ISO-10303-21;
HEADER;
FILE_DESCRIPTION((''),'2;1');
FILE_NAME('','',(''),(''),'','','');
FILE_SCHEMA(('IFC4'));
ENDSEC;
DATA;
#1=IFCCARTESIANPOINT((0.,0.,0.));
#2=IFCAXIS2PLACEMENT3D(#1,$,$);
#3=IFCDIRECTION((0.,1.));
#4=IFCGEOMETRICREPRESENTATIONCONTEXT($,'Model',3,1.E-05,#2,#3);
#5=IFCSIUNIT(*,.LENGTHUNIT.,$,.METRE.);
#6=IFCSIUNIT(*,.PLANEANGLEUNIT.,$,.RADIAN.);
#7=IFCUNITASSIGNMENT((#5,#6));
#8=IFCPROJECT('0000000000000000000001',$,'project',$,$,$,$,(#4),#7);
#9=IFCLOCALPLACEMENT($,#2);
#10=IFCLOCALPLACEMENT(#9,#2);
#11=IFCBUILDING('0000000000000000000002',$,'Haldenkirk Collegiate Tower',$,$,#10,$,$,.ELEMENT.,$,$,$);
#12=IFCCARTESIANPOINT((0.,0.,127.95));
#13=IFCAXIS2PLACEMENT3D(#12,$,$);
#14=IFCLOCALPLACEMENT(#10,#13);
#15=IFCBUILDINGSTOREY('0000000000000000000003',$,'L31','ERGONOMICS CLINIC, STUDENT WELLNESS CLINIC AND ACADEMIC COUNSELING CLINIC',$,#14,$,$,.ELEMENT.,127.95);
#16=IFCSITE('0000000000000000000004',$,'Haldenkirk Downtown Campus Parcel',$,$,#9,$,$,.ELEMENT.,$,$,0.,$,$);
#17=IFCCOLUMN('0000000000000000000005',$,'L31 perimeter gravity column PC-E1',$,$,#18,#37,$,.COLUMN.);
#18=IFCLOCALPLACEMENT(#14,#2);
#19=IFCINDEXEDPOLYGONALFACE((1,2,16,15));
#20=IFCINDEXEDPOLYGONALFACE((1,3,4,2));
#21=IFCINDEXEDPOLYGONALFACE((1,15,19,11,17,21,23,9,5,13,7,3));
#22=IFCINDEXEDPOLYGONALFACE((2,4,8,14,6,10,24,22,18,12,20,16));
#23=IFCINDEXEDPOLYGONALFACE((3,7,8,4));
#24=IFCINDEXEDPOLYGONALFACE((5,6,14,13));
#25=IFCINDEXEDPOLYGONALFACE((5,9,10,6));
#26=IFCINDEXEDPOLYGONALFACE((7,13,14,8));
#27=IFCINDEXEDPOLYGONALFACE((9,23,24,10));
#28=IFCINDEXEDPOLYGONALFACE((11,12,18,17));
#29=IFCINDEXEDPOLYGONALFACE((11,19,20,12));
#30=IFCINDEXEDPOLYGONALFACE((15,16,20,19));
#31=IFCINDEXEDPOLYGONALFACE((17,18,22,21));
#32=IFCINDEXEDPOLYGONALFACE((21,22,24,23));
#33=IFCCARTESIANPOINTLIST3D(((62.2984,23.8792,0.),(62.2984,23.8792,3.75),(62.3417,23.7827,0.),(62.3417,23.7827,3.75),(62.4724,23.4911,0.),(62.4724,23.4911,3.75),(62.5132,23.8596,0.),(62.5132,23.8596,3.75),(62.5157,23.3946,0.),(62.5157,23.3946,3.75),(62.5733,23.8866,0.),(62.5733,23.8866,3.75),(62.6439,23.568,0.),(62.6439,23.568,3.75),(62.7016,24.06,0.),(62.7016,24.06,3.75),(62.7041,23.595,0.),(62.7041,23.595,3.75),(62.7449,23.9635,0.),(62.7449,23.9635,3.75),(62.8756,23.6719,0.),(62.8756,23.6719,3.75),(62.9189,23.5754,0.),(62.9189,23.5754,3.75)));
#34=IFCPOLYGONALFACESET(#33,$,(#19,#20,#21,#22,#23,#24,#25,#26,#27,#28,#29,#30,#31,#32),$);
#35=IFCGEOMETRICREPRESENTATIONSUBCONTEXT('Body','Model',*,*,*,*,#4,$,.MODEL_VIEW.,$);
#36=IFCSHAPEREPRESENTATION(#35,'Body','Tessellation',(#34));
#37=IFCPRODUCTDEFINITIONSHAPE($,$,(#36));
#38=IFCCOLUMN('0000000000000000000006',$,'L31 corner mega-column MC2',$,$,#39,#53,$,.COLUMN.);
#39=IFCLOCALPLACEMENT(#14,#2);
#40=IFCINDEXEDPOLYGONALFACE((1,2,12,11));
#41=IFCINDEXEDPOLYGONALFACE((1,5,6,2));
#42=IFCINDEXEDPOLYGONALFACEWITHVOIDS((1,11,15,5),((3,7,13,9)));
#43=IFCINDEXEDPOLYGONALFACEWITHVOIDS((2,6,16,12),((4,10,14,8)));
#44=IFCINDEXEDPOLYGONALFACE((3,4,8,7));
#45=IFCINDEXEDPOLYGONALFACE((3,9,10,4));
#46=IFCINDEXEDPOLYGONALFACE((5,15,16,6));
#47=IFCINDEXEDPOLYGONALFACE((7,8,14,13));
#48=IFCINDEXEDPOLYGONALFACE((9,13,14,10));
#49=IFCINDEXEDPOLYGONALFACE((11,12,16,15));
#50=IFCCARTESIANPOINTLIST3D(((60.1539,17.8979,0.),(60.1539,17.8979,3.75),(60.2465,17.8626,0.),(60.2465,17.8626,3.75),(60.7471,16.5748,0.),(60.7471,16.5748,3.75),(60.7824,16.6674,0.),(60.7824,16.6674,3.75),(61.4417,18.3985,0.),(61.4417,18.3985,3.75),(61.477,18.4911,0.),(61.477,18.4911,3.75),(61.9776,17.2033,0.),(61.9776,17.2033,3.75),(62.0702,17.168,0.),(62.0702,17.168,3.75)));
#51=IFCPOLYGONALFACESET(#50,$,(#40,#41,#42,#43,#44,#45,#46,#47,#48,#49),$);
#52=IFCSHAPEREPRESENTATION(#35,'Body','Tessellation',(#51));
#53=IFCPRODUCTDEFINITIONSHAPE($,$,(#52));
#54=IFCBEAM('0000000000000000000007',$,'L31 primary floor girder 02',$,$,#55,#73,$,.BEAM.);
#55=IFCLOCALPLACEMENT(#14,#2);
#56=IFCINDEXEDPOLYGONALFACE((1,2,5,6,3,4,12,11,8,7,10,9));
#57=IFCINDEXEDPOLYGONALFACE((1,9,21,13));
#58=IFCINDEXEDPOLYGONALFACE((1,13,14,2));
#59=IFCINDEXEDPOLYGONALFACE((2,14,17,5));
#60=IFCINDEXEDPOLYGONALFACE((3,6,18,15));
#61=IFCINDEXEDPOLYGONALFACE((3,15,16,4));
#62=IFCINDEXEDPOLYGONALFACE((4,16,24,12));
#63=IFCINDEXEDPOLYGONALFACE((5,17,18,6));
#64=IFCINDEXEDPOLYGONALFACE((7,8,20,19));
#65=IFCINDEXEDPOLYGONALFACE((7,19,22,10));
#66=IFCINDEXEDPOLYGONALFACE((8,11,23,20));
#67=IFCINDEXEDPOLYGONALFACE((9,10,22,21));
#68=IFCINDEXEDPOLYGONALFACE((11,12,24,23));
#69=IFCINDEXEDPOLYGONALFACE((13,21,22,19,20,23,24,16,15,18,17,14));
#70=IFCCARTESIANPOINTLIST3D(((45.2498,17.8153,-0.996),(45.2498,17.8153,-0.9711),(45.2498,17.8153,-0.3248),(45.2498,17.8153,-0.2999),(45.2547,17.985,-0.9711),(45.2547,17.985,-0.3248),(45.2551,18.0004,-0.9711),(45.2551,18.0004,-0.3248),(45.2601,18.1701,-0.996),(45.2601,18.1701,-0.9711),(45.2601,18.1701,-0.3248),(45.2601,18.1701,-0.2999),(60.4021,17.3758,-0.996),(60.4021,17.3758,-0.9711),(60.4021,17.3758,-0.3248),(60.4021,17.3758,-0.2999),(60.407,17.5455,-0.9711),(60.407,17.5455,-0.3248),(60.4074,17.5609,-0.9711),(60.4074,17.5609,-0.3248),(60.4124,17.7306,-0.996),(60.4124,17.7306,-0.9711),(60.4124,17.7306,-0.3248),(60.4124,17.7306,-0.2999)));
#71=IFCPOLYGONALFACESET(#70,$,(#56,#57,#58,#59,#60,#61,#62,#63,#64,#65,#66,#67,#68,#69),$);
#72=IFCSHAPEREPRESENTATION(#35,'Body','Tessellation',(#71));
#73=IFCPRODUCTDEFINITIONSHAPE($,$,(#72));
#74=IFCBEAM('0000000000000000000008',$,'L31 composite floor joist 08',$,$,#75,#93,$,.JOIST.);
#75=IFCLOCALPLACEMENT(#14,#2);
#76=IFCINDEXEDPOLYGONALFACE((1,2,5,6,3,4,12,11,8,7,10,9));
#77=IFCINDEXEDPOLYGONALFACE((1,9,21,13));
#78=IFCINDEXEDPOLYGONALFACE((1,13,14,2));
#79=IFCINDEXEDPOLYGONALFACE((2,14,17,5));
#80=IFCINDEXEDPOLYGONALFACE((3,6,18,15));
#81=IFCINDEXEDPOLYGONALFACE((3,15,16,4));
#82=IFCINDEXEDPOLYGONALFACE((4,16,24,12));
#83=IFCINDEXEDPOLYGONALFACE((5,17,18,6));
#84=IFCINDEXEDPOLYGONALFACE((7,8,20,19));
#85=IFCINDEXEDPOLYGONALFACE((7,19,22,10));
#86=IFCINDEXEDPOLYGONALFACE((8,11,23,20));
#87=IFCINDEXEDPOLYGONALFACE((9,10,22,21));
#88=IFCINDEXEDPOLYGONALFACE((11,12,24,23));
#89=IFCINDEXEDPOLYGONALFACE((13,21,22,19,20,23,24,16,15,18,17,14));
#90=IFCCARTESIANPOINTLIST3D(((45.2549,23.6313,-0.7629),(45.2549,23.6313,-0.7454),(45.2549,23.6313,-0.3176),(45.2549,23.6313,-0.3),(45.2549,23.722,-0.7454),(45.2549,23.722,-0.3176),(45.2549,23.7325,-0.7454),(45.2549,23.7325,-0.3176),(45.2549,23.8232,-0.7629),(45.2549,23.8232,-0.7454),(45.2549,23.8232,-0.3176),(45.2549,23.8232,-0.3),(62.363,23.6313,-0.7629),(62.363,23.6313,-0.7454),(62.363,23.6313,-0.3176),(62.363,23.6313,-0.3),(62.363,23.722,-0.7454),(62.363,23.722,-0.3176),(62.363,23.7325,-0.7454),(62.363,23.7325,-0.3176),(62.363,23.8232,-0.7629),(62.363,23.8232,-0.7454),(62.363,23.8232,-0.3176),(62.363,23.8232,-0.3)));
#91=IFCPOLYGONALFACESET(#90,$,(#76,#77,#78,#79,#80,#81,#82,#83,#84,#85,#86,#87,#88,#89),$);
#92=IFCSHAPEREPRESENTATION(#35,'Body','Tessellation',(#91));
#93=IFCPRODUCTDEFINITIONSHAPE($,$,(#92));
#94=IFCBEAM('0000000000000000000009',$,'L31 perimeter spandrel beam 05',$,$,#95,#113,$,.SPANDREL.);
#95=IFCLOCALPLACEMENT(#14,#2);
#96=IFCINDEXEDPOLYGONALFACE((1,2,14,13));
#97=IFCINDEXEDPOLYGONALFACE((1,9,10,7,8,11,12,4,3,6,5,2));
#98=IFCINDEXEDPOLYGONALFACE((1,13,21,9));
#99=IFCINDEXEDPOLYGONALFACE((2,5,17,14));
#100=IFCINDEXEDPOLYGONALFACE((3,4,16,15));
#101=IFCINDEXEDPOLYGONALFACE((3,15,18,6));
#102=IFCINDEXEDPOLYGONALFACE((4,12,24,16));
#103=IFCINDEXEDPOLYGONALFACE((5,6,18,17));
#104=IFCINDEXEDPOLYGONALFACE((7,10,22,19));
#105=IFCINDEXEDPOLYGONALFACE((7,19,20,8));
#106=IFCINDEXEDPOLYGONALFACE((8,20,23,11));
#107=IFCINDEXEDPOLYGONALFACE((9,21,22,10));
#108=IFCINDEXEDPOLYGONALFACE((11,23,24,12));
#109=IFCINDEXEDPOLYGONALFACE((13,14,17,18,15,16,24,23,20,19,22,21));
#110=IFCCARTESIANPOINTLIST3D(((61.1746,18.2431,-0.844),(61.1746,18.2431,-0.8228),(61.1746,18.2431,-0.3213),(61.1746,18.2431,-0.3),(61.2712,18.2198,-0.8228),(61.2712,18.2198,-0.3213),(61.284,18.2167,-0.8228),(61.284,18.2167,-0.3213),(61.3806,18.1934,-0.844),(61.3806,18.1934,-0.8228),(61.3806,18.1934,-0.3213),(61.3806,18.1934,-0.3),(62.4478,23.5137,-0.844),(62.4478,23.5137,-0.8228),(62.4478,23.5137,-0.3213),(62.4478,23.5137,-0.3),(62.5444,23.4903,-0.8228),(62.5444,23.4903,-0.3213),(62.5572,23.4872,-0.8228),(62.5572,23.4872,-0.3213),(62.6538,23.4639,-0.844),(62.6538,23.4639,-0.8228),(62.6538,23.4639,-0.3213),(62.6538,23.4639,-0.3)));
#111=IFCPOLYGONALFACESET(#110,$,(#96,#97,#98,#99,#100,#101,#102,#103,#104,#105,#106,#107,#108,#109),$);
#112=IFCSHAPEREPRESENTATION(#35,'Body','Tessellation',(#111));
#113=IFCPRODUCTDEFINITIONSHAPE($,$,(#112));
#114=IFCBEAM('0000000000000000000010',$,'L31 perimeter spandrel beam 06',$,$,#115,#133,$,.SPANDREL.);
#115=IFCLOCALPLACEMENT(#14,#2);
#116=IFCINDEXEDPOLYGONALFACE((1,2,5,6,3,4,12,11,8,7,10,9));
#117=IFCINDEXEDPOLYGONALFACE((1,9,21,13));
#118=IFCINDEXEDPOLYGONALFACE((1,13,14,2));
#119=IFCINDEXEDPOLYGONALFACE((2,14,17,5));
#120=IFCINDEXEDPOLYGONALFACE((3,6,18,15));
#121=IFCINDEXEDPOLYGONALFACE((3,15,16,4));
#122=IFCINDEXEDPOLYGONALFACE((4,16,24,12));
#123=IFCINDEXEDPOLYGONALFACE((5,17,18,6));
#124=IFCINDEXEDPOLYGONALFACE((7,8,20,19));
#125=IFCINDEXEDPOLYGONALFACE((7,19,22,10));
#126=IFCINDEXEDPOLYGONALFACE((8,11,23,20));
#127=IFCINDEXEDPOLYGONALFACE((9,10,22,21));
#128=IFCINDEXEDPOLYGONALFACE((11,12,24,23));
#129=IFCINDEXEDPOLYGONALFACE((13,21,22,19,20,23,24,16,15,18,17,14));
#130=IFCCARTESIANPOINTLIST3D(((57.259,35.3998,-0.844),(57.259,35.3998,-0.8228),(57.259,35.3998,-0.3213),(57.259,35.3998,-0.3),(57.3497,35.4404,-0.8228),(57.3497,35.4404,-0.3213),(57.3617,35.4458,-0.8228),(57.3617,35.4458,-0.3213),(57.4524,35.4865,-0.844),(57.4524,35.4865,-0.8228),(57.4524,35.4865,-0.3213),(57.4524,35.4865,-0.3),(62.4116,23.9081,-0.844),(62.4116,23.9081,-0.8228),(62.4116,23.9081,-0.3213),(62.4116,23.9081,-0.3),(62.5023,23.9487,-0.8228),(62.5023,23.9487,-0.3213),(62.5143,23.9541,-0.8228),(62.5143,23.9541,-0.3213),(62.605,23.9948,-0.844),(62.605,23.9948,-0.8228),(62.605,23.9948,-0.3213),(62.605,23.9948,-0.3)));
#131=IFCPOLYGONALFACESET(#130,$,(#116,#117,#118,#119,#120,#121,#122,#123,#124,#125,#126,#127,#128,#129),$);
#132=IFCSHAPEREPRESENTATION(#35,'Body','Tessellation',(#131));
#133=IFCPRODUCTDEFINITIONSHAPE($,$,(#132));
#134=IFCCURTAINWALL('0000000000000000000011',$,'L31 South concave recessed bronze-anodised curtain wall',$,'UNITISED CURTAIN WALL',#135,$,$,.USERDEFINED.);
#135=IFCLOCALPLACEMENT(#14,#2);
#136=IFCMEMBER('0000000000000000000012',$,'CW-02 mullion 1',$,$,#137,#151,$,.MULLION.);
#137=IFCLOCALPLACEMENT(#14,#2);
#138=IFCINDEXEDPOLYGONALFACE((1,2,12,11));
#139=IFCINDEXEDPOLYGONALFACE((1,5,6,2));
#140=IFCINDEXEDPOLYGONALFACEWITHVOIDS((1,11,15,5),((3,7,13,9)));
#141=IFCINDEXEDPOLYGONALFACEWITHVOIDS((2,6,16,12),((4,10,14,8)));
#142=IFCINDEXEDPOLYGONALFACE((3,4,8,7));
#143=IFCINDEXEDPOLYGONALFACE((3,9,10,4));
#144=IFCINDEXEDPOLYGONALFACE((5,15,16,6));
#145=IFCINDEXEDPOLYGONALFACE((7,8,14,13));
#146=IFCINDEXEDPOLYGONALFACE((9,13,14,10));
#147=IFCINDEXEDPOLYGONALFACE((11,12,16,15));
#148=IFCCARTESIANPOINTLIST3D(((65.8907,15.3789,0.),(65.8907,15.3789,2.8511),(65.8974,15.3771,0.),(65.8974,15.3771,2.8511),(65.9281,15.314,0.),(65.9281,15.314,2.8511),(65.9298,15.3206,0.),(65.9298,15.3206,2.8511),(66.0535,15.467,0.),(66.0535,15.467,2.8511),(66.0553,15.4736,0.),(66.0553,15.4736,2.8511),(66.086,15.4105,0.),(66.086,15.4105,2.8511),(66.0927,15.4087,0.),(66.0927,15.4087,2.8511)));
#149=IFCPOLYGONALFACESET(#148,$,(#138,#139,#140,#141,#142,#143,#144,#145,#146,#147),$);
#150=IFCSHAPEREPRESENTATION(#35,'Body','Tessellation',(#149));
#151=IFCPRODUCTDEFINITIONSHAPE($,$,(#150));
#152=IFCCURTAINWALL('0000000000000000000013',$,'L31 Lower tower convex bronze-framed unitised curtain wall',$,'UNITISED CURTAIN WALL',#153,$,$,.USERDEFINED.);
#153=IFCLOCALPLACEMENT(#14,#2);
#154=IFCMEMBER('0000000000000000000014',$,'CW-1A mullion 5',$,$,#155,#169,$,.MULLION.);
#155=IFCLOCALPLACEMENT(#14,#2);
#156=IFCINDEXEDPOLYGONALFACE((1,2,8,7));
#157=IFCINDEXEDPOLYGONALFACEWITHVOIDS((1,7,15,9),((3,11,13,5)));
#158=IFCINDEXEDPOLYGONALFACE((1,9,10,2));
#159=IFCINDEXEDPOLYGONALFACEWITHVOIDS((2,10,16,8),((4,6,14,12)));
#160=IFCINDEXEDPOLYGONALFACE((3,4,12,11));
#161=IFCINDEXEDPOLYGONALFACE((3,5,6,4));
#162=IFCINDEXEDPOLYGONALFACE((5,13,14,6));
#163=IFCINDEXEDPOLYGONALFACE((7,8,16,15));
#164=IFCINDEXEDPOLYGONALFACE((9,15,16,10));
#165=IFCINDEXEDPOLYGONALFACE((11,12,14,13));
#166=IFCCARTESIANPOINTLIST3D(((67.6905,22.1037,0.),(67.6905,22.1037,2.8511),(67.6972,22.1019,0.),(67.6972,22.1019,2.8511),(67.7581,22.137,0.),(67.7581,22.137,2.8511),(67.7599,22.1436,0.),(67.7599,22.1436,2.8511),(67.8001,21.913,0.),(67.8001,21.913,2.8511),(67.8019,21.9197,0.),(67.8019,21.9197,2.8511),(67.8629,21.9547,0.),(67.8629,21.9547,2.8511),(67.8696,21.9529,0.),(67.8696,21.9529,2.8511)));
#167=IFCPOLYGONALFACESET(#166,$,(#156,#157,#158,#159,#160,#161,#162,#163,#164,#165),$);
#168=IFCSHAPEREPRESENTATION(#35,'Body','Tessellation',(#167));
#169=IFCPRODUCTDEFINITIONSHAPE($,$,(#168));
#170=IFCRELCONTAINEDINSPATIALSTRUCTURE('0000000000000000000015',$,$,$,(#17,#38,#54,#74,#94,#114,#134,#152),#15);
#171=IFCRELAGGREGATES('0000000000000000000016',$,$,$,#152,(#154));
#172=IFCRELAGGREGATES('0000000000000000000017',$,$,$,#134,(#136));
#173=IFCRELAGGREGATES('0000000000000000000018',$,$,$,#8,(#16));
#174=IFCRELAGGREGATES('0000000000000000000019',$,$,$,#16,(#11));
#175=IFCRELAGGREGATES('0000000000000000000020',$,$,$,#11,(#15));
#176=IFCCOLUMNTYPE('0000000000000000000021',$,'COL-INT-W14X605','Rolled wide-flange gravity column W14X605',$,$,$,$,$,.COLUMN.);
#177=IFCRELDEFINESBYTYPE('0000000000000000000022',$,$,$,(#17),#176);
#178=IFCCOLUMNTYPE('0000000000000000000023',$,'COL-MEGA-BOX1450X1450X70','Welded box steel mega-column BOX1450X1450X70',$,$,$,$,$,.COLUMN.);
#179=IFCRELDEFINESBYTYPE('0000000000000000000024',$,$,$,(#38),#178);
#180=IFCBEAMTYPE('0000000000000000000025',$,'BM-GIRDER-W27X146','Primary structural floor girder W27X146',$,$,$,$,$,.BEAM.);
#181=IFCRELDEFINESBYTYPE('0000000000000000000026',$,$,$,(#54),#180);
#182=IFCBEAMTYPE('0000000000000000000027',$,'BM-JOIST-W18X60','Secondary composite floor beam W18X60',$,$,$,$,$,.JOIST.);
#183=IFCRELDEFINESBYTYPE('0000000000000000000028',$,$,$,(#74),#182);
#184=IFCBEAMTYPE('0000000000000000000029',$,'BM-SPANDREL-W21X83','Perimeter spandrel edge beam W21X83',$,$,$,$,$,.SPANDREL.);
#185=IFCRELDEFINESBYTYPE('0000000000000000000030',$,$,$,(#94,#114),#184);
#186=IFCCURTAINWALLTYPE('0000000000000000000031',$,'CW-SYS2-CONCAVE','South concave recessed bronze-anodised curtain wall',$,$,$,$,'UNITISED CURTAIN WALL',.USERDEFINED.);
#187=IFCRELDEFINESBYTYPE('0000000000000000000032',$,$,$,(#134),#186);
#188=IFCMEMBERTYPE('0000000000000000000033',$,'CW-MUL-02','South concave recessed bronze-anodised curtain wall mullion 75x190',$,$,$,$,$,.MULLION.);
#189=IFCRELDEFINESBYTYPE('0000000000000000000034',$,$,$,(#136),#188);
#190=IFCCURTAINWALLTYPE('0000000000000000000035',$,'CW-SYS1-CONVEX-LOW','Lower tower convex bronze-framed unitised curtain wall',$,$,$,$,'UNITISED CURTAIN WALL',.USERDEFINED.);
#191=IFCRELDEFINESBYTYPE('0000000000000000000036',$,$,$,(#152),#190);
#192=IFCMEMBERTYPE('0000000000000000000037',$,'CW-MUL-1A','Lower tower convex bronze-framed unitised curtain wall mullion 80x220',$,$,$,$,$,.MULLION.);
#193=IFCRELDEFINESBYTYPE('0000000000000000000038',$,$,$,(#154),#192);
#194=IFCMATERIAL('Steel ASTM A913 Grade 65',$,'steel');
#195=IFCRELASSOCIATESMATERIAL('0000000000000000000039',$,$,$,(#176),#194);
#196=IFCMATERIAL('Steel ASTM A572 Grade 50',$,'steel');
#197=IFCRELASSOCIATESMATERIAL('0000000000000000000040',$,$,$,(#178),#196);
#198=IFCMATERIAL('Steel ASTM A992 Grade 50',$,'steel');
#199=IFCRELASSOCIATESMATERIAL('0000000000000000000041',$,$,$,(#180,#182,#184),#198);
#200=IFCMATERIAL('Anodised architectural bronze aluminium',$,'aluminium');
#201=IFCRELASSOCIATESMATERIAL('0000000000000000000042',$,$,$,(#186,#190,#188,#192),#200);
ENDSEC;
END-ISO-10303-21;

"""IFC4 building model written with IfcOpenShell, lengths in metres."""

from ifc_helpers import new_model, si_unit, direction, frame, origin, origin_2d, place, context, subcontext, project, spatial, hollow_rectangle, i_section, extrude, material, material_profile, profile_set, type_object, element, aggregate, save


model = new_model("IFC4")

# Units and contexts
model_context = context("Model", 3, precision=1e-05, world=origin(), true_north=direction((0.0, 1.0)))
body_context = subcontext(model_context, "Body", "Model", "MODEL_VIEW")
ifc_project = project(units=[si_unit("LENGTHUNIT", "METRE"), si_unit("PLANEANGLEUNIT", "RADIAN")], contexts=[model_context])

# Site, building, storey
site_placement = place(None, origin())
site = spatial("IfcSite", under=ifc_project, at=site_placement, Name="Haldenkirk Downtown Campus Parcel", CompositionType="ELEMENT", RefElevation=0.0)
building_placement = place(site_placement, origin())
building = spatial("IfcBuilding", under=site, at=building_placement, Name="Haldenkirk Collegiate Tower", CompositionType="ELEMENT")
storey_placement = place(building_placement, frame((0.0, 0.0, 127.95)))
storey = spatial("IfcBuildingStorey", under=building, at=storey_placement, Name="L31", Description="ERGONOMICS CLINIC, STUDENT WELLNESS CLINIC AND ACADEMIC COUNSELING CLINIC", CompositionType="ELEMENT", Elevation=127.95)

# Columns
ifc_material_1 = material(Name="Steel ASTM A913 Grade 65", Category="steel")
ifc_material_profile_1 = material_profile(ifc_material_1, i_section(OverallWidth=0.4419, OverallDepth=0.531, WebThickness=0.0659, FlangeThickness=0.1057, at=origin_2d()), Name="W14X605")
ifc_profile_set_1 = profile_set([ifc_material_profile_1], Name="Steel ASTM A913 Grade 65")
column_type_1 = type_object("IfcColumnType", Name="COL-INT-W14X605", Description="Rolled wide-flange gravity column W14X605", PredefinedType="COLUMN", material=ifc_profile_set_1)
column_1_placement = place(storey_placement, frame((62.6086, 23.7273, 0.0), z_axis=(0.0, 0.0, 1.0), x_axis=(0.912477, 0.409127, 0.0)))
element("IfcColumn", 1, at=column_1_placement, inside=storey, type_object=column_type_1, Name="L31 perimeter gravity column PC-E1", PredefinedType="COLUMN", context=body_context, shape_type="SweptSolid", body=[
    extrude(i_section(OverallWidth=0.4419, OverallDepth=0.531, WebThickness=0.0659, FlangeThickness=0.1057, at=origin_2d()), origin(), (0.0, 0.0, 1.0), 3.75),
])
ifc_material_2 = material(Name="Steel ASTM A572 Grade 50", Category="steel")
ifc_material_profile_2 = material_profile(ifc_material_2, hollow_rectangle(XDim=1.45, YDim=1.45, WallThickness=0.0701, at=origin_2d()), Name="BOX1450X1450X70")
ifc_profile_set_2 = profile_set([ifc_material_profile_2], Name="Steel ASTM A572 Grade 50")
column_type_2 = type_object("IfcColumnType", Name="COL-MEGA-BOX1450X1450X70", Description="Welded box steel mega-column BOX1450X1450X70", PredefinedType="COLUMN", material=ifc_profile_set_2)
column_2_placement = place(storey_placement, frame((61.1121, 17.533, 0.0), z_axis=(0.0, 0.0, 1.0), x_axis=(0.912477, 0.409127, 0.0)))
element("IfcColumn", 2, at=column_2_placement, inside=storey, type_object=column_type_2, Name="L31 corner mega-column MC2", PredefinedType="COLUMN", context=body_context, shape_type="SweptSolid", body=[
    extrude(hollow_rectangle(XDim=1.45, YDim=1.45, WallThickness=0.0701, at=origin_2d()), origin(), (0.0, 0.0, 1.0), 3.75),
])

# Beams
ifc_material_3 = material(Name="Steel ASTM A992 Grade 50", Category="steel")
ifc_material_profile_3 = material_profile(ifc_material_3, i_section(OverallWidth=0.355, OverallDepth=0.696, WebThickness=0.0154, FlangeThickness=0.0249, at=origin_2d()), Name="W27X146")
ifc_profile_set_3 = profile_set([ifc_material_profile_3], Name="Steel ASTM A992 Grade 50")
beam_type_1 = type_object("IfcBeamType", Name="BM-GIRDER-W27X146", Description="Primary structural floor girder W27X146", PredefinedType="BEAM", material=ifc_profile_set_3)
beam_1_placement = place(storey_placement, frame((60.4072, 17.5532, -0.6479), z_axis=(-0.99958, 0.02899, 0.0), x_axis=(-0.02899, -0.99958, 0.0)))
element("IfcBeam", 3, at=beam_1_placement, inside=storey, type_object=beam_type_1, Name="L31 primary floor girder 02", PredefinedType="BEAM", context=body_context, shape_type="SweptSolid", body=[
    extrude(i_section(OverallWidth=0.355, OverallDepth=0.696, WebThickness=0.0154, FlangeThickness=0.0249, at=origin_2d()), origin(), (0.0, 0.0, 1.0), 15.1587),
])
ifc_material_profile_4 = material_profile(ifc_material_3, i_section(OverallWidth=0.1919, OverallDepth=0.4629, WebThickness=0.0105, FlangeThickness=0.0176, at=origin_2d()), Name="W18X60")
ifc_profile_set_4 = profile_set([ifc_material_profile_4], Name="Steel ASTM A992 Grade 50")
beam_type_2 = type_object("IfcBeamType", Name="BM-JOIST-W18X60", Description="Secondary composite floor beam W18X60", PredefinedType="JOIST", material=ifc_profile_set_4)
beam_2_placement = place(storey_placement, frame((62.363, 23.7273, -0.5315), z_axis=(-1.0, 0.0, 0.0), x_axis=(0.0, -1.0, 0.0)))
element("IfcBeam", 4, at=beam_2_placement, inside=storey, type_object=beam_type_2, Name="L31 composite floor joist 08", PredefinedType="JOIST", context=body_context, shape_type="SweptSolid", body=[
    extrude(i_section(OverallWidth=0.1919, OverallDepth=0.4629, WebThickness=0.0105, FlangeThickness=0.0176, at=origin_2d()), origin(), (0.0, 0.0, 1.0), 17.1082),
])
ifc_material_profile_5 = material_profile(ifc_material_3, i_section(OverallWidth=0.2119, OverallDepth=0.5439, WebThickness=0.0132, FlangeThickness=0.0212, at=origin_2d()), Name="W21X83")
ifc_profile_set_5 = profile_set([ifc_material_profile_5], Name="Steel ASTM A992 Grade 50")
beam_type_3 = type_object("IfcBeamType", Name="BM-SPANDREL-W21X83", Description="Perimeter spandrel edge beam W21X83", PredefinedType="SPANDREL", material=ifc_profile_set_5)
beam_3_placement = place(storey_placement, frame((61.2776, 18.2183, -0.572), z_axis=(0.234815, 0.97204, 0.0), x_axis=(-0.97204, 0.234815, 0.0)))
element("IfcBeam", 5, at=beam_3_placement, inside=storey, type_object=beam_type_3, Name="L31 perimeter spandrel beam 05", PredefinedType="SPANDREL", context=body_context, shape_type="SweptSolid", body=[
    extrude(i_section(OverallWidth=0.2119, OverallDepth=0.5439, WebThickness=0.0132, FlangeThickness=0.0212, at=origin_2d()), origin(), (0.0, 0.0, 1.0), 5.4221),
])
beam_4_placement = place(storey_placement, frame((62.5083, 23.9514, -0.572), z_axis=(-0.409131, 0.912476, 0.0), x_axis=(-0.912476, -0.409131, 0.0)))
element("IfcBeam", 6, at=beam_4_placement, inside=storey, type_object=beam_type_3, Name="L31 perimeter spandrel beam 06", PredefinedType="SPANDREL", context=body_context, shape_type="SweptSolid", body=[
    extrude(i_section(OverallWidth=0.2119, OverallDepth=0.5439, WebThickness=0.0132, FlangeThickness=0.0212, at=origin_2d()), origin(), (0.0, 0.0, 1.0), 12.594),
])

# Curtain walls, members
ifc_material_4 = material(Name="Anodised architectural bronze aluminium", Category="aluminium")
curtain_wall_type_1 = type_object("IfcCurtainWallType", Name="CW-SYS2-CONCAVE", Description="South concave recessed bronze-anodised curtain wall", ElementType="UNITISED CURTAIN WALL", PredefinedType="USERDEFINED", material=ifc_material_4)
curtain_wall_1_placement = place(storey_placement, origin())
curtain_wall_1 = element("IfcCurtainWall", 7, at=curtain_wall_1_placement, inside=storey, type_object=curtain_wall_type_1, Name="L31 South concave recessed bronze-anodised curtain wall", ObjectType="UNITISED CURTAIN WALL", PredefinedType="USERDEFINED")
ifc_material_profile_6 = material_profile(ifc_material_4, hollow_rectangle(XDim=0.075, YDim=0.1899, WallThickness=0.0049, at=origin_2d()), Name="CW-MUL-02")
ifc_profile_set_6 = profile_set([ifc_material_profile_6], Name="Anodised architectural bronze aluminium")
member_type_1 = type_object("IfcMemberType", Name="CW-MUL-02", Description="South concave recessed bronze-anodised curtain wall mullion 75x190", PredefinedType="MULLION", material=ifc_profile_set_6)
member_1_placement = place(storey_placement, frame((65.9917, 15.3938, 0.0), z_axis=(0.0, 0.0, 1.0), x_axis=(0.498489, -0.866896, 0.0)))
member_1 = element("IfcMember", 8, at=member_1_placement, type_object=member_type_1, Name="CW-02 mullion 1", PredefinedType="MULLION", context=body_context, shape_type="SweptSolid", body=[
    extrude(hollow_rectangle(XDim=0.075, YDim=0.1899, WallThickness=0.0049, at=origin_2d()), origin(), (0.0, 0.0, 1.0), 2.8511),
])
curtain_wall_type_2 = type_object("IfcCurtainWallType", Name="CW-SYS1-CONVEX-LOW", Description="Lower tower convex bronze-framed unitised curtain wall", ElementType="UNITISED CURTAIN WALL", PredefinedType="USERDEFINED", material=ifc_material_4)
curtain_wall_2_placement = place(storey_placement, origin())
curtain_wall_2 = element("IfcCurtainWall", 9, at=curtain_wall_2_placement, inside=storey, type_object=curtain_wall_type_2, Name="L31 Lower tower convex bronze-framed unitised curtain wall", ObjectType="UNITISED CURTAIN WALL", PredefinedType="USERDEFINED")
ifc_material_profile_7 = material_profile(ifc_material_4, hollow_rectangle(XDim=0.0801, YDim=0.22, WallThickness=0.0049, at=origin_2d()), Name="CW-MUL-1A")
ifc_profile_set_7 = profile_set([ifc_material_profile_7], Name="Anodised architectural bronze aluminium")
member_type_2 = type_object("IfcMemberType", Name="CW-MUL-1A", Description="Lower tower convex bronze-framed unitised curtain wall mullion 80x220", PredefinedType="MULLION", material=ifc_profile_set_7)
member_2_placement = place(storey_placement, frame((67.78, 22.0283, 0.0), z_axis=(0.0, 0.0, 1.0), x_axis=(0.866896, 0.49849, 0.0)))
member_2 = element("IfcMember", 10, at=member_2_placement, type_object=member_type_2, Name="CW-1A mullion 5", PredefinedType="MULLION", context=body_context, shape_type="SweptSolid", body=[
    extrude(hollow_rectangle(XDim=0.0801, YDim=0.22, WallThickness=0.0049, at=origin_2d()), origin(), (0.0, 0.0, 1.0), 2.8511),
])
aggregate(curtain_wall_2, [member_2])

aggregate(curtain_wall_1, [member_1])

save(model, "model.ifc")
